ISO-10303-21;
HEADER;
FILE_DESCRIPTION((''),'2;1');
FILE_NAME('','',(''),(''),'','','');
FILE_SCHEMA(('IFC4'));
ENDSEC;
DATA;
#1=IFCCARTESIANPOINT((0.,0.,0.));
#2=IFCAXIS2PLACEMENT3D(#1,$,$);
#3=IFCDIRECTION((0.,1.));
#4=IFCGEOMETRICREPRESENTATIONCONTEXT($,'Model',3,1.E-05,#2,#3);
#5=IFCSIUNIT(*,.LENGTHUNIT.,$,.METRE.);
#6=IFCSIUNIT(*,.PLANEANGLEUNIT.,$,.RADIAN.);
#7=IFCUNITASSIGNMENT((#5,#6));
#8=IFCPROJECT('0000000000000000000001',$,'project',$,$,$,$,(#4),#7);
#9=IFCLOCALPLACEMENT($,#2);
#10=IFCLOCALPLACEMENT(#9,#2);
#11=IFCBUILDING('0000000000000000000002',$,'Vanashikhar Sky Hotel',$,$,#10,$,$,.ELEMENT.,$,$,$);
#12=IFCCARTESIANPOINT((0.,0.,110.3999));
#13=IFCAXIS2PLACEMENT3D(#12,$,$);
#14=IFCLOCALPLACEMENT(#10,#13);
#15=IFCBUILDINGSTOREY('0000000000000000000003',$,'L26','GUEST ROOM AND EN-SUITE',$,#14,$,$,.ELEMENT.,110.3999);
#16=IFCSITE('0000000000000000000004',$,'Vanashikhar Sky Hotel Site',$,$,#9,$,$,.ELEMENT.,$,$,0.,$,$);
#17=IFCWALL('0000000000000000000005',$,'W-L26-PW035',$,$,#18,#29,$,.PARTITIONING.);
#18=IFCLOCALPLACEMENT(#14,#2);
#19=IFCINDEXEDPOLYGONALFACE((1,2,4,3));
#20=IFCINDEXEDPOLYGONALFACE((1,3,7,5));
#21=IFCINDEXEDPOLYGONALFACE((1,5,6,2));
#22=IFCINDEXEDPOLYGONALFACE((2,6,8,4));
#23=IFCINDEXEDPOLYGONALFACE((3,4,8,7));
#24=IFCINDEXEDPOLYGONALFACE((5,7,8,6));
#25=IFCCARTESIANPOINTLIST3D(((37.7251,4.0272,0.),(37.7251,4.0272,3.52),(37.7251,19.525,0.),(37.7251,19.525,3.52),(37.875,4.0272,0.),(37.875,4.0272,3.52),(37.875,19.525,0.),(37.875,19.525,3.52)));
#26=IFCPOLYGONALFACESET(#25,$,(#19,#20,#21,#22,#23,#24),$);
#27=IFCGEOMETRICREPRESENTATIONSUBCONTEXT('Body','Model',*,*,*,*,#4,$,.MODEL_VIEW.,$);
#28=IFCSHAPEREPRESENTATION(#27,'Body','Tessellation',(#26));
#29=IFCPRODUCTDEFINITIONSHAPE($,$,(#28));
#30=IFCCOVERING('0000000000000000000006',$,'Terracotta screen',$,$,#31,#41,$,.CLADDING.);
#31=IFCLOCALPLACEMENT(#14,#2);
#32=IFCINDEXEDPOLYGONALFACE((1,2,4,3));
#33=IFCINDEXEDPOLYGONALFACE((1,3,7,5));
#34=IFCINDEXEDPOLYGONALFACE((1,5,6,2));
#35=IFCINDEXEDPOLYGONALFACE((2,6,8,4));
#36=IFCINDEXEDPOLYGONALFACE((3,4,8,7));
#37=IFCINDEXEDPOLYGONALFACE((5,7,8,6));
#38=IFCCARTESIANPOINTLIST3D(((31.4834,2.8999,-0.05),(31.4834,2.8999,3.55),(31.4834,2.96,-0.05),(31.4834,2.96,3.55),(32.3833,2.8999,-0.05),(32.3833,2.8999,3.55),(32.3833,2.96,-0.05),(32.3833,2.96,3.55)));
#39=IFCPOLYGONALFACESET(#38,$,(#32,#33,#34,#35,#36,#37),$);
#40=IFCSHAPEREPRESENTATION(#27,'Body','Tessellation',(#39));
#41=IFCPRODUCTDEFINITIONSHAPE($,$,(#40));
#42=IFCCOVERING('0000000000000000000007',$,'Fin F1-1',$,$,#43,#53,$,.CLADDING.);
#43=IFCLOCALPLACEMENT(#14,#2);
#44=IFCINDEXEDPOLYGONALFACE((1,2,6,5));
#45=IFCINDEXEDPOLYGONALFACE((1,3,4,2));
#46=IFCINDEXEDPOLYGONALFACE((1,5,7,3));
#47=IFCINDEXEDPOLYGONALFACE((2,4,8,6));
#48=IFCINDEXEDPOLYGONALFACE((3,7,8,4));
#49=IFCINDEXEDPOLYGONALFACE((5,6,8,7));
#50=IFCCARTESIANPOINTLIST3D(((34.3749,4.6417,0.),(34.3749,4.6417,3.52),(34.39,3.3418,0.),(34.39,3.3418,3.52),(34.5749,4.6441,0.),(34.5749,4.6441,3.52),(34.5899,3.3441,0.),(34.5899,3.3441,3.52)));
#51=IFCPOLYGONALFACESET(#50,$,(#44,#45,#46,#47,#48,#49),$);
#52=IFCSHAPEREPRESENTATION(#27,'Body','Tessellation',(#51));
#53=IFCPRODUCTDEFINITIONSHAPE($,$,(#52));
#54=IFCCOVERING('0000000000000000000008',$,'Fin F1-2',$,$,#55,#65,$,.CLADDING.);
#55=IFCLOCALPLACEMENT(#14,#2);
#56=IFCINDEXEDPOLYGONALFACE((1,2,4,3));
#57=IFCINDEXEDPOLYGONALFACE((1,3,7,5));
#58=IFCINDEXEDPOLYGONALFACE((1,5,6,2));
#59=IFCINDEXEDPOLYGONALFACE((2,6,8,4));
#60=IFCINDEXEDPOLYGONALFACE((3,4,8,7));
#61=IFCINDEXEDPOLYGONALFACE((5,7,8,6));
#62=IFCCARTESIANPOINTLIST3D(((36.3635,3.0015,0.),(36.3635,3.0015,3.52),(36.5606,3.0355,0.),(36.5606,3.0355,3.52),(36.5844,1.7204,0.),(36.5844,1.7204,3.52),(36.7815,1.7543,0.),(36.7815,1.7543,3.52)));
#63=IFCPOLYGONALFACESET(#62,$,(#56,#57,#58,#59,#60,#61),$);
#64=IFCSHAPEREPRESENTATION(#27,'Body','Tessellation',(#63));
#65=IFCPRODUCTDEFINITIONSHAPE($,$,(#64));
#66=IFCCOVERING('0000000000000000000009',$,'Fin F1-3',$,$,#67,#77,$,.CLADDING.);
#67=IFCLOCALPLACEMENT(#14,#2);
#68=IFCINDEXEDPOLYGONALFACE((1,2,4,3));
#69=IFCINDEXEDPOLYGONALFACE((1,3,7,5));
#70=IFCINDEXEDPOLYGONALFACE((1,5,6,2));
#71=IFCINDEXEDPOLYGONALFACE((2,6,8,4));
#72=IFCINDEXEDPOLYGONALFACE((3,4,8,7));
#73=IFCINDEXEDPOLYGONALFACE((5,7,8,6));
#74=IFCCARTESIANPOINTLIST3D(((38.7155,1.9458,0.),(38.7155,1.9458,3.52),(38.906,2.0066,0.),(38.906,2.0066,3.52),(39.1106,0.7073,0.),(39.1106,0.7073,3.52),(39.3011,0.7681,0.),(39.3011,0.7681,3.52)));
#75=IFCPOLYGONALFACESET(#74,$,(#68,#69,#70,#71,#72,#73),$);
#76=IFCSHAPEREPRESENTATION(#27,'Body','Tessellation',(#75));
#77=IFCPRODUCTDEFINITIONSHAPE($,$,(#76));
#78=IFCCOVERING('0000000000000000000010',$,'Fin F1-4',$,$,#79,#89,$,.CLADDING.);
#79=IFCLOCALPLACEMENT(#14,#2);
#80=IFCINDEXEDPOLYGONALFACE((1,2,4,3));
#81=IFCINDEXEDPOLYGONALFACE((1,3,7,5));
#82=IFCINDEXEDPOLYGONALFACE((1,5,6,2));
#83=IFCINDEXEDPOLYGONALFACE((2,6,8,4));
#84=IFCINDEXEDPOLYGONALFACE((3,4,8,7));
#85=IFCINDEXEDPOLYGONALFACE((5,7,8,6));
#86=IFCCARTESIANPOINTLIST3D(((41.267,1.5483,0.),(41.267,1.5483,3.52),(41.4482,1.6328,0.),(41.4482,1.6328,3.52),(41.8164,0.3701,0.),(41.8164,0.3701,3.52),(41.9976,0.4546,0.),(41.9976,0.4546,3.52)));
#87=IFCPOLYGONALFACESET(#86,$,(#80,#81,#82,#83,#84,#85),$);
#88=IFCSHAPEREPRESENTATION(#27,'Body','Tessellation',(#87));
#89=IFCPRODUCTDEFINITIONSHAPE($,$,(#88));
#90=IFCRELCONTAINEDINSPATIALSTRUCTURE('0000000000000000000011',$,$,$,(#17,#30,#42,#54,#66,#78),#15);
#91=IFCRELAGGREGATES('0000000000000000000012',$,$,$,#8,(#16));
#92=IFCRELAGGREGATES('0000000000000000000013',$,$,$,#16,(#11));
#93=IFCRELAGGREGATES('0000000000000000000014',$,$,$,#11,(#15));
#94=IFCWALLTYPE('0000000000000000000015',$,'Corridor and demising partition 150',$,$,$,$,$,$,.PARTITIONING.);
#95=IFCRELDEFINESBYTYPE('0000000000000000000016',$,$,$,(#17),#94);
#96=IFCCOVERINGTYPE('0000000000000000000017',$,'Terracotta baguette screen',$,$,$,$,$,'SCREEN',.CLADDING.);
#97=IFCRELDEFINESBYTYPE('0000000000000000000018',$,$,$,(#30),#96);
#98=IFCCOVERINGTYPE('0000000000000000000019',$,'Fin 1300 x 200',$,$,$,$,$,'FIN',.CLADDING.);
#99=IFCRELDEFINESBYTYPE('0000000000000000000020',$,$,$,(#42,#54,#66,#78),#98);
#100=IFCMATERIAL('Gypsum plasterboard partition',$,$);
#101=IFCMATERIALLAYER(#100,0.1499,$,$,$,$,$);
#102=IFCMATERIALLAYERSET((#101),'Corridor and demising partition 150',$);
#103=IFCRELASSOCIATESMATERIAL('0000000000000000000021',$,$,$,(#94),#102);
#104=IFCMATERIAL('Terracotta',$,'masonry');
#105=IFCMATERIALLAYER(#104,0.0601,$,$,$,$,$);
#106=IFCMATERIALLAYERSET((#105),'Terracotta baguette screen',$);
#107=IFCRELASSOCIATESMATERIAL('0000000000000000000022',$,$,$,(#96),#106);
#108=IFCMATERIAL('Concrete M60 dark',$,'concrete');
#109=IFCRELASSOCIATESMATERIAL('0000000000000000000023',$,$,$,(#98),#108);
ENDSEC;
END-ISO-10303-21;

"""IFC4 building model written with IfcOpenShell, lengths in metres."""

from ifc_helpers import new_model, si_unit, direction, frame, frame_2d, origin, origin_2d, place, context, subcontext, project, spatial, rectangle, extrude, source, transform, mapped, material, layer, layer_set, material_profile, profile_set, type_object, element, save


model = new_model("IFC4")

# Units and contexts
model_context = context("Model", 3, precision=1e-05, world=origin(), true_north=direction((0.0, 1.0)))
body_context = subcontext(model_context, "Body", "Model", "MODEL_VIEW")
ifc_project = project(units=[si_unit("LENGTHUNIT", "METRE"), si_unit("PLANEANGLEUNIT", "RADIAN")], contexts=[model_context])

# Site, building, storey
site_placement = place(None, origin())
site = spatial("IfcSite", under=ifc_project, at=site_placement, Name="Vanashikhar Sky Hotel Site", CompositionType="ELEMENT", RefElevation=0.0)
building_placement = place(site_placement, origin())
building = spatial("IfcBuilding", under=site, at=building_placement, Name="Vanashikhar Sky Hotel", CompositionType="ELEMENT")
storey_placement = place(building_placement, frame((0.0, 0.0, 110.3999)))
storey = spatial("IfcBuildingStorey", under=building, at=storey_placement, Name="L26", Description="GUEST ROOM AND EN-SUITE", CompositionType="ELEMENT", Elevation=110.3999)

# Wall
ifc_material_1 = material(Name="Gypsum plasterboard partition")
ifc_layer_1 = layer(ifc_material_1, 0.1499)
ifc_layer_set_1 = layer_set([ifc_layer_1], Name="Corridor and demising partition 150")
wall_type_1 = type_object("IfcWallType", Name="Corridor and demising partition 150", PredefinedType="PARTITIONING", material=ifc_layer_set_1)
shared_shape_1 = source(origin(), body_context, "Body", "SweptSolid", [
    extrude(rectangle(XDim=15.4978, YDim=0.1499, at=frame_2d((7.749, 0.0))), origin(), (0.0, 0.0, 1.0), 3.52),
])
wall_1_placement = place(storey_placement, frame((37.8, 4.0271, 0.0), z_axis=(0.0, 0.0, 1.0), x_axis=(0.0, 1.0, 0.0)))
element("IfcWall", 1, at=wall_1_placement, inside=storey, type_object=wall_type_1, Name="W-L26-PW035", PredefinedType="PARTITIONING", context=body_context, shape_type="MappedRepresentation", body=[
    mapped(shared_shape_1, transform((0.0, 0.0, 0.0), scale=1.0)),
])

# Coverings
ifc_material_2 = material(Name="Terracotta", Category="masonry")
ifc_layer_2 = layer(ifc_material_2, 0.0601)
ifc_layer_set_2 = layer_set([ifc_layer_2], Name="Terracotta baguette screen")
covering_type_1 = type_object("IfcCoveringType", Name="Terracotta baguette screen", ElementType="SCREEN", PredefinedType="CLADDING", material=ifc_layer_set_2)
shared_shape_2 = source(origin(), body_context, "Body", "SweptSolid", [
    extrude(rectangle(XDim=0.8999, YDim=0.0601, at=origin_2d()), origin(), (0.0, 0.0, 1.0), 3.6001),
])
covering_placement = place(storey_placement, frame((31.9333, 2.9299, -0.05), z_axis=(0.0, 0.0, 1.0), x_axis=(1.0, 0.0, 0.0)))
element("IfcCovering", 2, at=covering_placement, inside=storey, type_object=covering_type_1, Name="Terracotta screen", PredefinedType="CLADDING", context=body_context, shape_type="MappedRepresentation", body=[
    mapped(shared_shape_2, transform((0.0, 0.0, 0.0), scale=1.0)),
])
ifc_material_3 = material(Name="Concrete M60 dark", Category="concrete")
ifc_material_profile = material_profile(ifc_material_3, rectangle(XDim=1.3, YDim=0.2, at=origin_2d()))
ifc_profile_set = profile_set([ifc_material_profile], Name="Fin 1300 x 200")
covering_type_2 = type_object("IfcCoveringType", Name="Fin 1300 x 200", ElementType="FIN", PredefinedType="CLADDING", material=ifc_profile_set)
shared_shape_3 = source(origin(), body_context, "Body", "SweptSolid", [
    extrude(rectangle(XDim=1.3, YDim=0.2, at=origin_2d()), origin(), (0.0, 0.0, 1.0), 3.52),
])
for number, where, z_axis, x_axis, name in (
    (3, (34.4824, 3.9929, 0.0), (0.0, 0.0, 1.0), (0.011589, -0.999933, 0.0), "Fin F1-1"),
    (4, (36.5725, 2.3779, 0.0), (0.0, 0.0, 1.0), (0.1699, -0.985461, 0.0), "Fin F1-2"),
    (5, (39.0083, 1.3569, 0.0), (0.0, 0.0, 1.0), (0.303967, -0.952683, 0.0), "Fin F1-3"),
    (6, (41.6323, 1.0015, 0.0), (0.0, 0.0, 1.0), (0.422618, -0.906308, 0.0), "Fin F1-4"),
):
    element("IfcCovering", number, at=place(storey_placement, frame(where, z_axis=z_axis, x_axis=x_axis)), inside=storey, type_object=covering_type_2, Name=name, PredefinedType="CLADDING", context=body_context, shape_type="MappedRepresentation", body=[
        mapped(shared_shape_3, transform((0.0, 0.0, 0.0), scale=1.0)),
    ])

save(model, "model.ifc")
